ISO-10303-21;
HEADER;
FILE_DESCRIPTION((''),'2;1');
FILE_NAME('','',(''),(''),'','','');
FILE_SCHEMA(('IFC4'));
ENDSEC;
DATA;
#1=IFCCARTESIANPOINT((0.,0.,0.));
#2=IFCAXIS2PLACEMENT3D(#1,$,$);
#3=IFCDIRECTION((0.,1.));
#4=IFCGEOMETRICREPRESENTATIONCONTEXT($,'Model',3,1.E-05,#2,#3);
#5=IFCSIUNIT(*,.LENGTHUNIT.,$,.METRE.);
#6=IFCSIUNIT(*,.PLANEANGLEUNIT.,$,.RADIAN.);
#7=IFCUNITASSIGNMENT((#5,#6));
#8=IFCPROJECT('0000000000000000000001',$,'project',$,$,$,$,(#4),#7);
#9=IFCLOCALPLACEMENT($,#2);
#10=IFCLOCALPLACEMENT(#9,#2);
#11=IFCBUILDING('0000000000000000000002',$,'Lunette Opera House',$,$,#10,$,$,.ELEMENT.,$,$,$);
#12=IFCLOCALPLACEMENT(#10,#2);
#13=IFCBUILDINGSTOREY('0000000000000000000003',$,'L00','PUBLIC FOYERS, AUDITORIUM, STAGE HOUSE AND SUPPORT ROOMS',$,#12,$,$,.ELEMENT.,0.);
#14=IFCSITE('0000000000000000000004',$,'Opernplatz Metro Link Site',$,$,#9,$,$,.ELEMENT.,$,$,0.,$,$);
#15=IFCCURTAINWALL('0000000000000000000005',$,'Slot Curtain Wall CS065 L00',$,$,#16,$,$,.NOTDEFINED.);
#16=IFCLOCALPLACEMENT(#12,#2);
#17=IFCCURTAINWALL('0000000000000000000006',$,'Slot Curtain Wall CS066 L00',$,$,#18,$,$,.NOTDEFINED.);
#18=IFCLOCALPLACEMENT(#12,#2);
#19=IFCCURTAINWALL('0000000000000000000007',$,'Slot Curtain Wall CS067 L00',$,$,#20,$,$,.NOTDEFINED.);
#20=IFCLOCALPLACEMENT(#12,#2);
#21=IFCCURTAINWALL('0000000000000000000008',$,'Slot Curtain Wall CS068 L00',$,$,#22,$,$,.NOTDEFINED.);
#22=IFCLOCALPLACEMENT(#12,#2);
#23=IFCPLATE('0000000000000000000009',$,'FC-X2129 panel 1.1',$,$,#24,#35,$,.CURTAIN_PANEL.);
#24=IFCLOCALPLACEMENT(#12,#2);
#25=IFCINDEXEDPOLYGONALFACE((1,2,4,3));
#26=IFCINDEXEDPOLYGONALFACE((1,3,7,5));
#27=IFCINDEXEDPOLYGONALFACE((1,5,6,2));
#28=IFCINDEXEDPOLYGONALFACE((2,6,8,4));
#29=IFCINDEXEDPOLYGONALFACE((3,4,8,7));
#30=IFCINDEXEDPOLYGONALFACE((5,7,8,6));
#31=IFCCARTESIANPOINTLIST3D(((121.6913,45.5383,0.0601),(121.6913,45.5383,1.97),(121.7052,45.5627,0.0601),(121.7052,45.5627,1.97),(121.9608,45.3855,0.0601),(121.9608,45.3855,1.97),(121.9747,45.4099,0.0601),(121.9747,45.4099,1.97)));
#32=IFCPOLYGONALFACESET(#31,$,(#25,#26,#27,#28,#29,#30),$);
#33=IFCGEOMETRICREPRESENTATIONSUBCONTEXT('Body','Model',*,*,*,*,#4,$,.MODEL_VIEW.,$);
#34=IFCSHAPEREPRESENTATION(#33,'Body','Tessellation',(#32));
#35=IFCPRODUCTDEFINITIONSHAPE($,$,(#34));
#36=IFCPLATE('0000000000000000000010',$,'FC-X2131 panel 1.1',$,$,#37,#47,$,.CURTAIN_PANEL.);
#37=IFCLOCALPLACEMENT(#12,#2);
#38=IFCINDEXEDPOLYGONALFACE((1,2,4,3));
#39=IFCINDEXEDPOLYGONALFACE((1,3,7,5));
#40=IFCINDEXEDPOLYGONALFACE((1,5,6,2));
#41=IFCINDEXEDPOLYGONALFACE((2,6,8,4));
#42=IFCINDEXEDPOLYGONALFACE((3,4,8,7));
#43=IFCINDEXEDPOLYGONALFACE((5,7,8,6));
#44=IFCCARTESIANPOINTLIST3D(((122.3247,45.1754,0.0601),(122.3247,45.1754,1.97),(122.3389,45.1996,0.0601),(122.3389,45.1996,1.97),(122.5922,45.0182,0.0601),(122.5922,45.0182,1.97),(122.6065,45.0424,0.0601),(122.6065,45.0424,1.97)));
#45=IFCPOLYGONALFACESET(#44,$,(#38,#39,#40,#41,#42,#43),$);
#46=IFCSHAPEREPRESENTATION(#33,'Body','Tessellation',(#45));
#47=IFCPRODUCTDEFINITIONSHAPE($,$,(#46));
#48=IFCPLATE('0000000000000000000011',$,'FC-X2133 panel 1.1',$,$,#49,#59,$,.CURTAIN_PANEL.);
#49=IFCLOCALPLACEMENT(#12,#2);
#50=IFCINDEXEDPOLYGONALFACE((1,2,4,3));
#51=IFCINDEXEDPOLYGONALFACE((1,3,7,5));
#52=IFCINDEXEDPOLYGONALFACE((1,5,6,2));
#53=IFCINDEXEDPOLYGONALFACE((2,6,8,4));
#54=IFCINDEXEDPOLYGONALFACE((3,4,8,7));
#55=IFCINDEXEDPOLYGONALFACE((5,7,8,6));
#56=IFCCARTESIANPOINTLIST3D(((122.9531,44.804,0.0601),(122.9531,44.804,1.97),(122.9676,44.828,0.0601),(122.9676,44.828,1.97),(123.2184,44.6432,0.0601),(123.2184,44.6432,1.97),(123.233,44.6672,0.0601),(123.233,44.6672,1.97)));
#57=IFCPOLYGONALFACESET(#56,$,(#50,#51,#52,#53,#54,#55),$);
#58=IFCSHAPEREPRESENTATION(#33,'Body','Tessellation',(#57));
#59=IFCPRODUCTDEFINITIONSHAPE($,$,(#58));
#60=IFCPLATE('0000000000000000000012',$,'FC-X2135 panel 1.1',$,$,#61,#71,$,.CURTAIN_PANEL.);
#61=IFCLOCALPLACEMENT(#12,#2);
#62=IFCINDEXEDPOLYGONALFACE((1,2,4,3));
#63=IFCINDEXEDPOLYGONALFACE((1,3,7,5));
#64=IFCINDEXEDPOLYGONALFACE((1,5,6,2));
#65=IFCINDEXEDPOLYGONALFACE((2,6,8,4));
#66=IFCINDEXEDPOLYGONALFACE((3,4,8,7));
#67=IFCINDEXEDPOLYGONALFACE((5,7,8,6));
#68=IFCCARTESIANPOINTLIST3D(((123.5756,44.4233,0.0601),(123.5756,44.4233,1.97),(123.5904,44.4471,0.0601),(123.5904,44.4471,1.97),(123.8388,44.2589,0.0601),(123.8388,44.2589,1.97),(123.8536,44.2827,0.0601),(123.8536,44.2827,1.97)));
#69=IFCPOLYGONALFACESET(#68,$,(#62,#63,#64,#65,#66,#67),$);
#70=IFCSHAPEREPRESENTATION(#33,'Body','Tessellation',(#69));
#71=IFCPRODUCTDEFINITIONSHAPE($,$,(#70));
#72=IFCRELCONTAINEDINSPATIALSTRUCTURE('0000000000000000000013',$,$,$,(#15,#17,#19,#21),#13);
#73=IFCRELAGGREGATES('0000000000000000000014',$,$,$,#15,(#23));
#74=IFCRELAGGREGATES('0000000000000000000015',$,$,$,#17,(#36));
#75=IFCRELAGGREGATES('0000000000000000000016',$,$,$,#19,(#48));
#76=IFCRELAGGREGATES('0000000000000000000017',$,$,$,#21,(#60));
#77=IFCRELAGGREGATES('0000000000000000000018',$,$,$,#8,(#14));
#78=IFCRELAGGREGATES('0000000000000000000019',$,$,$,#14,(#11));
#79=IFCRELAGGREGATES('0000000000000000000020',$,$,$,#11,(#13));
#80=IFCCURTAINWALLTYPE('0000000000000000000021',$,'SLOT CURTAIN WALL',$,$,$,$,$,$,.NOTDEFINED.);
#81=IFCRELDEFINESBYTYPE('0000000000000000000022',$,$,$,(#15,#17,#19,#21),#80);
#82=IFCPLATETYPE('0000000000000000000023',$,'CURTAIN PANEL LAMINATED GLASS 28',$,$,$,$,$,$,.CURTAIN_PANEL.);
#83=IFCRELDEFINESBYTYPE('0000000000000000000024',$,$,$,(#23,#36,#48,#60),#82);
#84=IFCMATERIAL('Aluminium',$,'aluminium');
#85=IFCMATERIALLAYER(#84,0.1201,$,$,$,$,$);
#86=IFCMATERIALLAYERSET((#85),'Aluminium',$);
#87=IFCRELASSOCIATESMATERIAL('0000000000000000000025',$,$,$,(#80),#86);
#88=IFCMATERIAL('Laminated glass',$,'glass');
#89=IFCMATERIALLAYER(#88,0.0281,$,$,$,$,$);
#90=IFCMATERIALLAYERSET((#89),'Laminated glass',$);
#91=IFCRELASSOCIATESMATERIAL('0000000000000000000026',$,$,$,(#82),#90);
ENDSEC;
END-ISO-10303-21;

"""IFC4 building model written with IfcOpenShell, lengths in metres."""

from ifc_helpers import new_model, si_unit, direction, frame, origin, origin_2d, place, context, subcontext, project, spatial, rectangle, extrude, material, layer, layer_set, type_object, element, aggregate, save


model = new_model("IFC4")

# Units and contexts
model_context = context("Model", 3, precision=1e-05, world=origin(), true_north=direction((0.0, 1.0)))
body_context = subcontext(model_context, "Body", "Model", "MODEL_VIEW")
ifc_project = project(units=[si_unit("LENGTHUNIT", "METRE"), si_unit("PLANEANGLEUNIT", "RADIAN")], contexts=[model_context])

# Site, building, storey
site_placement = place(None, origin())
site = spatial("IfcSite", under=ifc_project, at=site_placement, Name="Opernplatz Metro Link Site", CompositionType="ELEMENT", RefElevation=0.0)
building_placement = place(site_placement, origin())
building = spatial("IfcBuilding", under=site, at=building_placement, Name="Lunette Opera House", CompositionType="ELEMENT")
storey_placement = place(building_placement, origin())
storey = spatial("IfcBuildingStorey", under=building, at=storey_placement, Name="L00", Description="PUBLIC FOYERS, AUDITORIUM, STAGE HOUSE AND SUPPORT ROOMS", CompositionType="ELEMENT", Elevation=0.0)

# Shared definitions
ifc_material_1 = material(Name="Aluminium", Category="aluminium")
ifc_layer_1 = layer(ifc_material_1, 0.1201)
ifc_layer_set_1 = layer_set([ifc_layer_1], Name="Aluminium")
curtain_wall_type = type_object("IfcCurtainWallType", Name="SLOT CURTAIN WALL", PredefinedType="NOTDEFINED", material=ifc_layer_set_1)

# Curtain walls
curtain_wall_1_placement = place(storey_placement, origin())
curtain_wall_1 = element("IfcCurtainWall", 1, at=curtain_wall_1_placement, inside=storey, type_object=curtain_wall_type, Name="Slot Curtain Wall CS065 L00", PredefinedType="NOTDEFINED")
curtain_wall_2_placement = place(storey_placement, origin())
curtain_wall_2 = element("IfcCurtainWall", 2, at=curtain_wall_2_placement, inside=storey, type_object=curtain_wall_type, Name="Slot Curtain Wall CS066 L00", PredefinedType="NOTDEFINED")
curtain_wall_3_placement = place(storey_placement, origin())
curtain_wall_3 = element("IfcCurtainWall", 3, at=curtain_wall_3_placement, inside=storey, type_object=curtain_wall_type, Name="Slot Curtain Wall CS067 L00", PredefinedType="NOTDEFINED")
curtain_wall_4_placement = place(storey_placement, origin())
curtain_wall_4 = element("IfcCurtainWall", 4, at=curtain_wall_4_placement, inside=storey, type_object=curtain_wall_type, Name="Slot Curtain Wall CS068 L00", PredefinedType="NOTDEFINED")

# Plates
ifc_material_2 = material(Name="Laminated glass", Category="glass")
ifc_layer_2 = layer(ifc_material_2, 0.0281)
ifc_layer_set_2 = layer_set([ifc_layer_2], Name="Laminated glass")
plate_type = type_object("IfcPlateType", Name="CURTAIN PANEL LAMINATED GLASS 28", PredefinedType="CURTAIN_PANEL", material=ifc_layer_set_2)
plate_1_placement = place(storey_placement, frame((121.833, 45.4741, 0.0601), z_axis=(0.0, 0.0, 1.0), x_axis=(0.869956, -0.49313, 0.0)))
plate_1 = element("IfcPlate", 5, at=plate_1_placement, type_object=plate_type, Name="FC-X2129 panel 1.1", PredefinedType="CURTAIN_PANEL", context=body_context, shape_type="SweptSolid", body=[
    extrude(rectangle(XDim=0.3098, YDim=0.0281, at=origin_2d()), origin(), (0.0, 0.0, 1.0), 1.9099),
])
aggregate(curtain_wall_1, [plate_1])
plate_2_placement = place(storey_placement, frame((122.4656, 45.1089, 0.0601), z_axis=(0.0, 0.0, 1.0), x_axis=(0.862173, -0.506614, 0.0)))
plate_2 = element("IfcPlate", 6, at=plate_2_placement, type_object=plate_type, Name="FC-X2131 panel 1.1", PredefinedType="CURTAIN_PANEL", context=body_context, shape_type="SweptSolid", body=[
    extrude(rectangle(XDim=0.3103, YDim=0.0281, at=origin_2d()), origin(), (0.0, 0.0, 1.0), 1.9099),
])
aggregate(curtain_wall_2, [plate_2])
plate_3_placement = place(storey_placement, frame((123.093, 44.7356, 0.0601), z_axis=(0.0, 0.0, 1.0), x_axis=(0.855229, -0.51825, 0.0)))
plate_3 = element("IfcPlate", 7, at=plate_3_placement, type_object=plate_type, Name="FC-X2133 panel 1.1", PredefinedType="CURTAIN_PANEL", context=body_context, shape_type="SweptSolid", body=[
    extrude(rectangle(XDim=0.3103, YDim=0.0281, at=origin_2d()), origin(), (0.0, 0.0, 1.0), 1.9099),
])
aggregate(curtain_wall_3, [plate_3])
plate_4_placement = place(storey_placement, frame((123.7146, 44.353, 0.0601), z_axis=(0.0, 0.0, 1.0), x_axis=(0.848129, -0.52979, 0.0)))
plate_4 = element("IfcPlate", 8, at=plate_4_placement, type_object=plate_type, Name="FC-X2135 panel 1.1", PredefinedType="CURTAIN_PANEL", context=body_context, shape_type="SweptSolid", body=[
    extrude(rectangle(XDim=0.3103, YDim=0.0281, at=origin_2d()), origin(), (0.0, 0.0, 1.0), 1.9099),
])
aggregate(curtain_wall_4, [plate_4])

save(model, "model.ifc")
